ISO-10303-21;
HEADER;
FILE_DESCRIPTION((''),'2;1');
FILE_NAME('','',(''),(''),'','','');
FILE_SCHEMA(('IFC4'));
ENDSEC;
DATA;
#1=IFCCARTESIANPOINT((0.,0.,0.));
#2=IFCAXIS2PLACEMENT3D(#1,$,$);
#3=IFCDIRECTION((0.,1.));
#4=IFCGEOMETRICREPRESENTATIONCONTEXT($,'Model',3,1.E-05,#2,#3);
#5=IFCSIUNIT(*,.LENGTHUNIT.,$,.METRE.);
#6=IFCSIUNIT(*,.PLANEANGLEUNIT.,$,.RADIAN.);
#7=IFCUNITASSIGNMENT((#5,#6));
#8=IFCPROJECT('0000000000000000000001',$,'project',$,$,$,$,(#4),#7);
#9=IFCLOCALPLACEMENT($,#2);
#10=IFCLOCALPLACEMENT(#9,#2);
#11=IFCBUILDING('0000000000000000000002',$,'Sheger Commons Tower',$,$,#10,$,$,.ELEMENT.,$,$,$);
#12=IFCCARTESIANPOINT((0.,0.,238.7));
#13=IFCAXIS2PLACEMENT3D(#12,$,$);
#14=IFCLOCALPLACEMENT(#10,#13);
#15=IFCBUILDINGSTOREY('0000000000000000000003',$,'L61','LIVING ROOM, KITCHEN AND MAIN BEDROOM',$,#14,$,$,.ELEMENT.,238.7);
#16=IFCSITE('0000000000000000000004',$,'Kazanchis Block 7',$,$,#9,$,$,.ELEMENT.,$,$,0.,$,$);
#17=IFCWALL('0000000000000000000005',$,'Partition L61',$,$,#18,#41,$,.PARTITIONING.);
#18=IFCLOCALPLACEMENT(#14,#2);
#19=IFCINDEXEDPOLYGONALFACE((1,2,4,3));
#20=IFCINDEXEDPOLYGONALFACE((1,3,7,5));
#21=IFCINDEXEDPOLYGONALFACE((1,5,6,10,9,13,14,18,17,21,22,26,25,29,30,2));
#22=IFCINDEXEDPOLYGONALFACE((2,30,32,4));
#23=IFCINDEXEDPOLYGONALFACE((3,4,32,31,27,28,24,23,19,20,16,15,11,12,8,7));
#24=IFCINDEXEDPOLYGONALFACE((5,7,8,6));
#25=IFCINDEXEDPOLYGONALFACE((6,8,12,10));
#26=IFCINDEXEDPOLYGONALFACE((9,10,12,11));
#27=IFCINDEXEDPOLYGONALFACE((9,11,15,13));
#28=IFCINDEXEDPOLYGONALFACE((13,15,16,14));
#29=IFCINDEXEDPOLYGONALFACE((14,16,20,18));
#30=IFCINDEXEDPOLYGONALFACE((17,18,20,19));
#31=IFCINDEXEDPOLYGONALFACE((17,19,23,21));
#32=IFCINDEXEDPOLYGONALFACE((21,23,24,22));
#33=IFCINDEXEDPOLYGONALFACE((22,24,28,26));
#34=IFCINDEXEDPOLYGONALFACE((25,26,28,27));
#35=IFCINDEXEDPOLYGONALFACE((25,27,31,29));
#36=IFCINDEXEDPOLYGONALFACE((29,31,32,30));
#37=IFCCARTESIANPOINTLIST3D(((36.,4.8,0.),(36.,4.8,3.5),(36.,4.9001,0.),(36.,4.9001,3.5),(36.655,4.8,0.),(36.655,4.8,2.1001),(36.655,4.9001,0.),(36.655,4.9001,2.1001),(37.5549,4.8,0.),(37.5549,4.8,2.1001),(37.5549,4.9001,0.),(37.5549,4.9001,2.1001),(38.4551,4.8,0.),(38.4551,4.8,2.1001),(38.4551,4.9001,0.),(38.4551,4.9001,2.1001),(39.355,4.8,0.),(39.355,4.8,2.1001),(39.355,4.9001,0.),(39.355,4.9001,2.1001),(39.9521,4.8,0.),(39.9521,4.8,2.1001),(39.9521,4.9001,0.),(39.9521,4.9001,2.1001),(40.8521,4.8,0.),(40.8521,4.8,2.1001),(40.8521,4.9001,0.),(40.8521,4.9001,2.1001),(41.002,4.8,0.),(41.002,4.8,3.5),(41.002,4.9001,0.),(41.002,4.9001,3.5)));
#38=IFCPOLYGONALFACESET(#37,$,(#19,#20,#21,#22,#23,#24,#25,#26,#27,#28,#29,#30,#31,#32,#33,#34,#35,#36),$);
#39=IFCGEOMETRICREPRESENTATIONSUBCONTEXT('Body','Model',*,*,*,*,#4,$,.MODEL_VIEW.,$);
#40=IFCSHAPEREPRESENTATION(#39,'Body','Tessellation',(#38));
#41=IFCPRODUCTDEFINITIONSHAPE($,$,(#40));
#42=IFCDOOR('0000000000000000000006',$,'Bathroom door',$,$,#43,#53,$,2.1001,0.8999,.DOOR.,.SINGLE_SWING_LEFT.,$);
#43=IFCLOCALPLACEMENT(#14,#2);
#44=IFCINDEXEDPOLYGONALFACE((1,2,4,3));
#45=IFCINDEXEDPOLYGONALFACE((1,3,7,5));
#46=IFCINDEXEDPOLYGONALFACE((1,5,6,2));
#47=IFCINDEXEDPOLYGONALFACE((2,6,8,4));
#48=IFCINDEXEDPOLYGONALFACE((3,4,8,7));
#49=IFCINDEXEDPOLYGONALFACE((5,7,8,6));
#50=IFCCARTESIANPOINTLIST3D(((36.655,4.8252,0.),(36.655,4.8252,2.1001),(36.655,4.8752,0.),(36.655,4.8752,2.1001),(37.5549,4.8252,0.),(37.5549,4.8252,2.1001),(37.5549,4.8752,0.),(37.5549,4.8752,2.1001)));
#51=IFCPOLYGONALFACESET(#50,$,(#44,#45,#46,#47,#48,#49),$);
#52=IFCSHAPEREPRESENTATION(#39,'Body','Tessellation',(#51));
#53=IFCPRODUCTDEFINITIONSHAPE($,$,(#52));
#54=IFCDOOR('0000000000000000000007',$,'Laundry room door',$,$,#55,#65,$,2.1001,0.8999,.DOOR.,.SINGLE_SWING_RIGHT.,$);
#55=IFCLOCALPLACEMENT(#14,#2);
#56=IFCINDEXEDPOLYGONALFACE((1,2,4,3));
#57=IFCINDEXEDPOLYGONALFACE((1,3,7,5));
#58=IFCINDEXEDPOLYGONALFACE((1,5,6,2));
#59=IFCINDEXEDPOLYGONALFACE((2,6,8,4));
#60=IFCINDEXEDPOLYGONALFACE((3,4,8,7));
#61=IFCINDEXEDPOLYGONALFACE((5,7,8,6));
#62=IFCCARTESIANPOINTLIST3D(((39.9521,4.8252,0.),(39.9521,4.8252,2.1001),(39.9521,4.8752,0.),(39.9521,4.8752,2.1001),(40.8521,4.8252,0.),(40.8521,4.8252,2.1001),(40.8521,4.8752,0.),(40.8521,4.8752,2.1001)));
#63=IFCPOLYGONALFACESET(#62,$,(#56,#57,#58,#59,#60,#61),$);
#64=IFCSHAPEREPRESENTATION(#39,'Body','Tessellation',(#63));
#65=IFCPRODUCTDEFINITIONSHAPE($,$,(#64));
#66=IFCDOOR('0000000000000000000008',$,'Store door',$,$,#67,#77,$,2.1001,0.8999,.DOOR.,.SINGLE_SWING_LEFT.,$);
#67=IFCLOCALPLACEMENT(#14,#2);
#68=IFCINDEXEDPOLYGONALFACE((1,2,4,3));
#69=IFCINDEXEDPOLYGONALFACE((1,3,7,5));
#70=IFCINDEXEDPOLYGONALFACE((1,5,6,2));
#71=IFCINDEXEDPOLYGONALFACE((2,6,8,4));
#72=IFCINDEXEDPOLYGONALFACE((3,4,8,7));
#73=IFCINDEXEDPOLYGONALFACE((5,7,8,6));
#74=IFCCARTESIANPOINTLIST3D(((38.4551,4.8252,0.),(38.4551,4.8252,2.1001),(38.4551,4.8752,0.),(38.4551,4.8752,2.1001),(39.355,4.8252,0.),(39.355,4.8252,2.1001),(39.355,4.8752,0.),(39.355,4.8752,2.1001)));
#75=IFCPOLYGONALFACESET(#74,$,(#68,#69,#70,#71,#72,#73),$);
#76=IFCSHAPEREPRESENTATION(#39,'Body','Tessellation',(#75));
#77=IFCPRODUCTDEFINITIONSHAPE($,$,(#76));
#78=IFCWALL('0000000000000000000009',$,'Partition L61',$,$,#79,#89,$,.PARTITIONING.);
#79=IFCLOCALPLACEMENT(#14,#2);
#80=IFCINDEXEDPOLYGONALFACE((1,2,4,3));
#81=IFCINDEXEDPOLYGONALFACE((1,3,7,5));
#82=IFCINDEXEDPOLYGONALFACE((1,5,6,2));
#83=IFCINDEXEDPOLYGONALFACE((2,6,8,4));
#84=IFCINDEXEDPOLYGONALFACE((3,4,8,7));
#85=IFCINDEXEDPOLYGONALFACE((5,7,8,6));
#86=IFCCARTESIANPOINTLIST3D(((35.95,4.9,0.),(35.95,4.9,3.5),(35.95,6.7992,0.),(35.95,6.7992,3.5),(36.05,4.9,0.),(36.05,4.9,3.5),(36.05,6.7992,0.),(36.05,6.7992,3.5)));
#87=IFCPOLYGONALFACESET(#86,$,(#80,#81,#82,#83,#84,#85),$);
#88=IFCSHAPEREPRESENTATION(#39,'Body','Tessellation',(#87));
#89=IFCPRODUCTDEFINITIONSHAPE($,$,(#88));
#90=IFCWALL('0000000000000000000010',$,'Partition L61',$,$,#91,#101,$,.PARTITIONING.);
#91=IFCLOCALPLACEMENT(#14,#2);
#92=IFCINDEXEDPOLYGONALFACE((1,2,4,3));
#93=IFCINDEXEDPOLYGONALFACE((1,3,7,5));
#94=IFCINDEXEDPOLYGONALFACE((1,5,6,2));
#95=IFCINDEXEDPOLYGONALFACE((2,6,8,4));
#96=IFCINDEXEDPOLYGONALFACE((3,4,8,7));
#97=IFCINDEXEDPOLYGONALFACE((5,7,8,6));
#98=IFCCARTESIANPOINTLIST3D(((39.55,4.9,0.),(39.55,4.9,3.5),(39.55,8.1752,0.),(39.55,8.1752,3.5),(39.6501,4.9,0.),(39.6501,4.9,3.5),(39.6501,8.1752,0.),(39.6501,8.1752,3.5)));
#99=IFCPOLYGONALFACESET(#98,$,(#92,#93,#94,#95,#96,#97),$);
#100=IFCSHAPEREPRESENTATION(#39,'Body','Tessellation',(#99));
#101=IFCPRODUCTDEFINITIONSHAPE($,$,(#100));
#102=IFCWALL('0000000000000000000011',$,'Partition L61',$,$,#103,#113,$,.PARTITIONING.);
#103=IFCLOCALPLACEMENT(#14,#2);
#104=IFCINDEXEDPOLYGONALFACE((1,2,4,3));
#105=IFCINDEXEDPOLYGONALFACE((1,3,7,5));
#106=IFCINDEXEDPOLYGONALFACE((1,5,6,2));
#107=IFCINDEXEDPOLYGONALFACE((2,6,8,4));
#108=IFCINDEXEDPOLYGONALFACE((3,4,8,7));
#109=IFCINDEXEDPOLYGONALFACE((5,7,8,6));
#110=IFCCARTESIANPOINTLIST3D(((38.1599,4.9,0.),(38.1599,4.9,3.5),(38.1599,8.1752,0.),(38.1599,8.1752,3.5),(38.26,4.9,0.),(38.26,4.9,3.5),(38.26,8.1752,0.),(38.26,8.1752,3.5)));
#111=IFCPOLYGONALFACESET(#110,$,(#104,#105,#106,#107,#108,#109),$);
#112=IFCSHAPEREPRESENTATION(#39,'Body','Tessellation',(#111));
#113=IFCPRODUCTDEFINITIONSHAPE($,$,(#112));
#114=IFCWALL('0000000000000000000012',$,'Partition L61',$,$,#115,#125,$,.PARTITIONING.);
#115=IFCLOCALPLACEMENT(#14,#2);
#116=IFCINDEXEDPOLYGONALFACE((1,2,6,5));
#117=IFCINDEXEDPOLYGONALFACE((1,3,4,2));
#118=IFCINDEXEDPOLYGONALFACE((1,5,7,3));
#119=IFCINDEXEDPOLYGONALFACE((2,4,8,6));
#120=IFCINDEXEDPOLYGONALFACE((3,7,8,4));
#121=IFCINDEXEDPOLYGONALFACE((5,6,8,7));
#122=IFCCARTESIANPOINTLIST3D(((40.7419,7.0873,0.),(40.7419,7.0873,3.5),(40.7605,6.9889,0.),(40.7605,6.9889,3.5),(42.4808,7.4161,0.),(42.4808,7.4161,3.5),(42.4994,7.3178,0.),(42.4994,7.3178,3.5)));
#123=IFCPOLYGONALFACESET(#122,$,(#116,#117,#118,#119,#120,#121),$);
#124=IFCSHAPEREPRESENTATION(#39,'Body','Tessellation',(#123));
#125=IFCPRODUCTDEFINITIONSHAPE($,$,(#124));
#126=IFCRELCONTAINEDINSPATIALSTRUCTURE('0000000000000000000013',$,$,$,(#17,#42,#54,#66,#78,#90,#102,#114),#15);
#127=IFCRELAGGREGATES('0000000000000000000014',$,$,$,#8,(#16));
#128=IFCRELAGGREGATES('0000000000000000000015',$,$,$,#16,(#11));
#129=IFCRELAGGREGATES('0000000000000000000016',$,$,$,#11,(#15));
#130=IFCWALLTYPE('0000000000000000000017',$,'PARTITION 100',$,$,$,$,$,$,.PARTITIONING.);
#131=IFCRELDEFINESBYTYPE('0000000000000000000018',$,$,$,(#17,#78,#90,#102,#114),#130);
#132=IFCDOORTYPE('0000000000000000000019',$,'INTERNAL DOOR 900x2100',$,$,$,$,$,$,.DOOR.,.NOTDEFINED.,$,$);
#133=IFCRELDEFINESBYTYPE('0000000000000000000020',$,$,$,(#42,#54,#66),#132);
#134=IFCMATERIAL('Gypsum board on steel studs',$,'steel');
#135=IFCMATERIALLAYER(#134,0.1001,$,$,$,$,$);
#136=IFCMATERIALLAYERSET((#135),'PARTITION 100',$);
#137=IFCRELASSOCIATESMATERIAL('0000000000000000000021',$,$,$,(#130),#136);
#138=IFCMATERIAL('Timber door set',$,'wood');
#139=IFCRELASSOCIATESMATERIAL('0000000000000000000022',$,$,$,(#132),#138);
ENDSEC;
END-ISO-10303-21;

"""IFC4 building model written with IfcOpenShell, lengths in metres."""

from ifc_helpers import new_model, si_unit, direction, frame, frame_2d, origin, place, context, subcontext, project, spatial, rectangle, extrude, material, layer, layer_set, type_object, element, fill, save


model = new_model("IFC4")

# Units and contexts
model_context = context("Model", 3, precision=1e-05, world=origin(), true_north=direction((0.0, 1.0)))
body_context = subcontext(model_context, "Body", "Model", "MODEL_VIEW")
ifc_project = project(units=[si_unit("LENGTHUNIT", "METRE"), si_unit("PLANEANGLEUNIT", "RADIAN")], contexts=[model_context])

# Site, building, storey
site_placement = place(None, origin())
site = spatial("IfcSite", under=ifc_project, at=site_placement, Name="Kazanchis Block 7", CompositionType="ELEMENT", RefElevation=0.0)
building_placement = place(site_placement, origin())
building = spatial("IfcBuilding", under=site, at=building_placement, Name="Sheger Commons Tower", CompositionType="ELEMENT")
storey_placement = place(building_placement, frame((0.0, 0.0, 238.7)))
storey = spatial("IfcBuildingStorey", under=building, at=storey_placement, Name="L61", Description="LIVING ROOM, KITCHEN AND MAIN BEDROOM", CompositionType="ELEMENT", Elevation=238.7)

# Shared definitions
ifc_material_1 = material(Name="Gypsum board on steel studs", Category="steel")
ifc_layer = layer(ifc_material_1, 0.1001)
ifc_layer_set = layer_set([ifc_layer], Name="PARTITION 100")
wall_type = type_object("IfcWallType", Name="PARTITION 100", PredefinedType="PARTITIONING", material=ifc_layer_set)
ifc_material_2 = material(Name="Timber door set", Category="wood")
door_type = type_object("IfcDoorType", Name="INTERNAL DOOR 900x2100", OperationType="NOTDEFINED", PredefinedType="DOOR", material=ifc_material_2)

# Wall, openings, doors
wall_1_placement = place(storey_placement, frame((41.002, 4.8501, 0.0), z_axis=(0.0, 0.0, 1.0), x_axis=(-1.0, 0.0, 0.0)))
wall_1 = element("IfcWall", 1, at=wall_1_placement, inside=storey, type_object=wall_type, Name="Partition L61", PredefinedType="PARTITIONING", context=body_context, shape_type="SweptSolid", body=[
    extrude(rectangle(XDim=5.002, YDim=0.1001, at=frame_2d((2.501, 0.0))), origin(), (0.0, 0.0, 1.0), 3.5),
])
opening_1_placement = place(wall_1_placement, frame((3.447, 0.0, 0.0)))
opening_1 = element("IfcOpeningElement", 2, at=opening_1_placement, cuts=wall_1, PredefinedType="OPENING", context=body_context, shape_type="SweptSolid", body=[
    extrude(rectangle(XDim=0.8999, YDim=2.1001, at=frame_2d((0.45, 1.05))), frame((0.0, 0.0601, 0.0), z_axis=(0.0, -1.0, 0.0), x_axis=(1.0, 0.0, 0.0)), (0.0, 0.0, 1.0), 0.1201),
])
opening_2_placement = place(wall_1_placement, frame((0.1499, 0.0, 0.0)))
opening_2 = element("IfcOpeningElement", 3, at=opening_2_placement, cuts=wall_1, PredefinedType="OPENING", context=body_context, shape_type="SweptSolid", body=[
    extrude(rectangle(XDim=0.8999, YDim=2.1001, at=frame_2d((0.45, 1.05))), frame((0.0, 0.0601, 0.0), z_axis=(0.0, -1.0, 0.0), x_axis=(1.0, 0.0, 0.0)), (0.0, 0.0, 1.0), 0.1201),
])
opening_3_placement = place(wall_1_placement, frame((1.647, 0.0, 0.0)))
opening_3 = element("IfcOpeningElement", 4, at=opening_3_placement, cuts=wall_1, PredefinedType="OPENING", context=body_context, shape_type="SweptSolid", body=[
    extrude(rectangle(XDim=0.8999, YDim=2.1001, at=frame_2d((0.45, 1.05))), frame((0.0, 0.0601, 0.0), z_axis=(0.0, -1.0, 0.0), x_axis=(1.0, 0.0, 0.0)), (0.0, 0.0, 1.0), 0.1201),
])
door_1_placement = place(opening_1_placement, origin())
door_1 = element("IfcDoor", 5, at=door_1_placement, inside=storey, type_object=door_type, Name="Bathroom door", OperationType="SINGLE_SWING_LEFT", OverallHeight=2.1001, OverallWidth=0.8999, PredefinedType="DOOR", context=body_context, shape_type="SweptSolid", body=[
    extrude(rectangle(XDim=0.8999, YDim=2.1001, at=frame_2d((0.45, 1.05))), frame((0.0, 0.0249, 0.0), z_axis=(0.0, -1.0, 0.0), x_axis=(1.0, 0.0, 0.0)), (0.0, 0.0, 1.0), 0.05),
])
fill(opening_1, door_1)
door_2_placement = place(opening_2_placement, origin())
door_2 = element("IfcDoor", 6, at=door_2_placement, inside=storey, type_object=door_type, Name="Laundry room door", OperationType="SINGLE_SWING_RIGHT", OverallHeight=2.1001, OverallWidth=0.8999, PredefinedType="DOOR", context=body_context, shape_type="SweptSolid", body=[
    extrude(rectangle(XDim=0.8999, YDim=2.1001, at=frame_2d((0.45, 1.05))), frame((0.0, 0.0249, 0.0), z_axis=(0.0, -1.0, 0.0), x_axis=(1.0, 0.0, 0.0)), (0.0, 0.0, 1.0), 0.05),
])
fill(opening_2, door_2)
door_3_placement = place(opening_3_placement, origin())
door_3 = element("IfcDoor", 7, at=door_3_placement, inside=storey, type_object=door_type, Name="Store door", OperationType="SINGLE_SWING_LEFT", OverallHeight=2.1001, OverallWidth=0.8999, PredefinedType="DOOR", context=body_context, shape_type="SweptSolid", body=[
    extrude(rectangle(XDim=0.8999, YDim=2.1001, at=frame_2d((0.45, 1.05))), frame((0.0, 0.0249, 0.0), z_axis=(0.0, -1.0, 0.0), x_axis=(1.0, 0.0, 0.0)), (0.0, 0.0, 1.0), 0.05),
])
fill(opening_3, door_3)

# Walls
wall_2_placement = place(storey_placement, frame((36.0, 4.8999, 0.0), z_axis=(0.0, 0.0, 1.0), x_axis=(0.0, 1.0, 0.0)))
element("IfcWall", 8, at=wall_2_placement, inside=storey, type_object=wall_type, Name="Partition L61", PredefinedType="PARTITIONING", context=body_context, shape_type="SweptSolid", body=[
    extrude(rectangle(XDim=1.8992, YDim=0.1001, at=frame_2d((0.9497, 0.0))), origin(), (0.0, 0.0, 1.0), 3.5),
])
for number, where, z_axis, x_axis, name in (
    (9, (39.6001, 4.8999, 0.0), (0.0, 0.0, 1.0), (0.0, 1.0, 0.0), "Partition L61"),
    (10, (38.21, 4.8999, 0.0), (0.0, 0.0, 1.0), (0.0, 1.0, 0.0), "Partition L61"),
):
    element("IfcWall", number, at=place(storey_placement, frame(where, z_axis=z_axis, x_axis=x_axis)), inside=storey, type_object=wall_type, Name=name, PredefinedType="PARTITIONING", context=body_context, shape_type="SweptSolid", body=[
        extrude(rectangle(XDim=3.2751, YDim=0.1001, at=frame_2d((1.6377, 0.0))), origin(), (0.0, 0.0, 1.0), 3.5),
    ])
wall_3_placement = place(storey_placement, frame((42.49, 7.3669, 0.0), z_axis=(0.0, 0.0, 1.0), x_axis=(-0.982585, -0.185812, 0.0)))
element("IfcWall", 11, at=wall_3_placement, inside=storey, type_object=wall_type, Name="Partition L61", PredefinedType="PARTITIONING", context=body_context, shape_type="SweptSolid", body=[
    extrude(rectangle(XDim=1.7698, YDim=0.1001, at=frame_2d((0.8848, 0.0))), origin(), (0.0, 0.0, 1.0), 3.5),
])

save(model, "model.ifc")
